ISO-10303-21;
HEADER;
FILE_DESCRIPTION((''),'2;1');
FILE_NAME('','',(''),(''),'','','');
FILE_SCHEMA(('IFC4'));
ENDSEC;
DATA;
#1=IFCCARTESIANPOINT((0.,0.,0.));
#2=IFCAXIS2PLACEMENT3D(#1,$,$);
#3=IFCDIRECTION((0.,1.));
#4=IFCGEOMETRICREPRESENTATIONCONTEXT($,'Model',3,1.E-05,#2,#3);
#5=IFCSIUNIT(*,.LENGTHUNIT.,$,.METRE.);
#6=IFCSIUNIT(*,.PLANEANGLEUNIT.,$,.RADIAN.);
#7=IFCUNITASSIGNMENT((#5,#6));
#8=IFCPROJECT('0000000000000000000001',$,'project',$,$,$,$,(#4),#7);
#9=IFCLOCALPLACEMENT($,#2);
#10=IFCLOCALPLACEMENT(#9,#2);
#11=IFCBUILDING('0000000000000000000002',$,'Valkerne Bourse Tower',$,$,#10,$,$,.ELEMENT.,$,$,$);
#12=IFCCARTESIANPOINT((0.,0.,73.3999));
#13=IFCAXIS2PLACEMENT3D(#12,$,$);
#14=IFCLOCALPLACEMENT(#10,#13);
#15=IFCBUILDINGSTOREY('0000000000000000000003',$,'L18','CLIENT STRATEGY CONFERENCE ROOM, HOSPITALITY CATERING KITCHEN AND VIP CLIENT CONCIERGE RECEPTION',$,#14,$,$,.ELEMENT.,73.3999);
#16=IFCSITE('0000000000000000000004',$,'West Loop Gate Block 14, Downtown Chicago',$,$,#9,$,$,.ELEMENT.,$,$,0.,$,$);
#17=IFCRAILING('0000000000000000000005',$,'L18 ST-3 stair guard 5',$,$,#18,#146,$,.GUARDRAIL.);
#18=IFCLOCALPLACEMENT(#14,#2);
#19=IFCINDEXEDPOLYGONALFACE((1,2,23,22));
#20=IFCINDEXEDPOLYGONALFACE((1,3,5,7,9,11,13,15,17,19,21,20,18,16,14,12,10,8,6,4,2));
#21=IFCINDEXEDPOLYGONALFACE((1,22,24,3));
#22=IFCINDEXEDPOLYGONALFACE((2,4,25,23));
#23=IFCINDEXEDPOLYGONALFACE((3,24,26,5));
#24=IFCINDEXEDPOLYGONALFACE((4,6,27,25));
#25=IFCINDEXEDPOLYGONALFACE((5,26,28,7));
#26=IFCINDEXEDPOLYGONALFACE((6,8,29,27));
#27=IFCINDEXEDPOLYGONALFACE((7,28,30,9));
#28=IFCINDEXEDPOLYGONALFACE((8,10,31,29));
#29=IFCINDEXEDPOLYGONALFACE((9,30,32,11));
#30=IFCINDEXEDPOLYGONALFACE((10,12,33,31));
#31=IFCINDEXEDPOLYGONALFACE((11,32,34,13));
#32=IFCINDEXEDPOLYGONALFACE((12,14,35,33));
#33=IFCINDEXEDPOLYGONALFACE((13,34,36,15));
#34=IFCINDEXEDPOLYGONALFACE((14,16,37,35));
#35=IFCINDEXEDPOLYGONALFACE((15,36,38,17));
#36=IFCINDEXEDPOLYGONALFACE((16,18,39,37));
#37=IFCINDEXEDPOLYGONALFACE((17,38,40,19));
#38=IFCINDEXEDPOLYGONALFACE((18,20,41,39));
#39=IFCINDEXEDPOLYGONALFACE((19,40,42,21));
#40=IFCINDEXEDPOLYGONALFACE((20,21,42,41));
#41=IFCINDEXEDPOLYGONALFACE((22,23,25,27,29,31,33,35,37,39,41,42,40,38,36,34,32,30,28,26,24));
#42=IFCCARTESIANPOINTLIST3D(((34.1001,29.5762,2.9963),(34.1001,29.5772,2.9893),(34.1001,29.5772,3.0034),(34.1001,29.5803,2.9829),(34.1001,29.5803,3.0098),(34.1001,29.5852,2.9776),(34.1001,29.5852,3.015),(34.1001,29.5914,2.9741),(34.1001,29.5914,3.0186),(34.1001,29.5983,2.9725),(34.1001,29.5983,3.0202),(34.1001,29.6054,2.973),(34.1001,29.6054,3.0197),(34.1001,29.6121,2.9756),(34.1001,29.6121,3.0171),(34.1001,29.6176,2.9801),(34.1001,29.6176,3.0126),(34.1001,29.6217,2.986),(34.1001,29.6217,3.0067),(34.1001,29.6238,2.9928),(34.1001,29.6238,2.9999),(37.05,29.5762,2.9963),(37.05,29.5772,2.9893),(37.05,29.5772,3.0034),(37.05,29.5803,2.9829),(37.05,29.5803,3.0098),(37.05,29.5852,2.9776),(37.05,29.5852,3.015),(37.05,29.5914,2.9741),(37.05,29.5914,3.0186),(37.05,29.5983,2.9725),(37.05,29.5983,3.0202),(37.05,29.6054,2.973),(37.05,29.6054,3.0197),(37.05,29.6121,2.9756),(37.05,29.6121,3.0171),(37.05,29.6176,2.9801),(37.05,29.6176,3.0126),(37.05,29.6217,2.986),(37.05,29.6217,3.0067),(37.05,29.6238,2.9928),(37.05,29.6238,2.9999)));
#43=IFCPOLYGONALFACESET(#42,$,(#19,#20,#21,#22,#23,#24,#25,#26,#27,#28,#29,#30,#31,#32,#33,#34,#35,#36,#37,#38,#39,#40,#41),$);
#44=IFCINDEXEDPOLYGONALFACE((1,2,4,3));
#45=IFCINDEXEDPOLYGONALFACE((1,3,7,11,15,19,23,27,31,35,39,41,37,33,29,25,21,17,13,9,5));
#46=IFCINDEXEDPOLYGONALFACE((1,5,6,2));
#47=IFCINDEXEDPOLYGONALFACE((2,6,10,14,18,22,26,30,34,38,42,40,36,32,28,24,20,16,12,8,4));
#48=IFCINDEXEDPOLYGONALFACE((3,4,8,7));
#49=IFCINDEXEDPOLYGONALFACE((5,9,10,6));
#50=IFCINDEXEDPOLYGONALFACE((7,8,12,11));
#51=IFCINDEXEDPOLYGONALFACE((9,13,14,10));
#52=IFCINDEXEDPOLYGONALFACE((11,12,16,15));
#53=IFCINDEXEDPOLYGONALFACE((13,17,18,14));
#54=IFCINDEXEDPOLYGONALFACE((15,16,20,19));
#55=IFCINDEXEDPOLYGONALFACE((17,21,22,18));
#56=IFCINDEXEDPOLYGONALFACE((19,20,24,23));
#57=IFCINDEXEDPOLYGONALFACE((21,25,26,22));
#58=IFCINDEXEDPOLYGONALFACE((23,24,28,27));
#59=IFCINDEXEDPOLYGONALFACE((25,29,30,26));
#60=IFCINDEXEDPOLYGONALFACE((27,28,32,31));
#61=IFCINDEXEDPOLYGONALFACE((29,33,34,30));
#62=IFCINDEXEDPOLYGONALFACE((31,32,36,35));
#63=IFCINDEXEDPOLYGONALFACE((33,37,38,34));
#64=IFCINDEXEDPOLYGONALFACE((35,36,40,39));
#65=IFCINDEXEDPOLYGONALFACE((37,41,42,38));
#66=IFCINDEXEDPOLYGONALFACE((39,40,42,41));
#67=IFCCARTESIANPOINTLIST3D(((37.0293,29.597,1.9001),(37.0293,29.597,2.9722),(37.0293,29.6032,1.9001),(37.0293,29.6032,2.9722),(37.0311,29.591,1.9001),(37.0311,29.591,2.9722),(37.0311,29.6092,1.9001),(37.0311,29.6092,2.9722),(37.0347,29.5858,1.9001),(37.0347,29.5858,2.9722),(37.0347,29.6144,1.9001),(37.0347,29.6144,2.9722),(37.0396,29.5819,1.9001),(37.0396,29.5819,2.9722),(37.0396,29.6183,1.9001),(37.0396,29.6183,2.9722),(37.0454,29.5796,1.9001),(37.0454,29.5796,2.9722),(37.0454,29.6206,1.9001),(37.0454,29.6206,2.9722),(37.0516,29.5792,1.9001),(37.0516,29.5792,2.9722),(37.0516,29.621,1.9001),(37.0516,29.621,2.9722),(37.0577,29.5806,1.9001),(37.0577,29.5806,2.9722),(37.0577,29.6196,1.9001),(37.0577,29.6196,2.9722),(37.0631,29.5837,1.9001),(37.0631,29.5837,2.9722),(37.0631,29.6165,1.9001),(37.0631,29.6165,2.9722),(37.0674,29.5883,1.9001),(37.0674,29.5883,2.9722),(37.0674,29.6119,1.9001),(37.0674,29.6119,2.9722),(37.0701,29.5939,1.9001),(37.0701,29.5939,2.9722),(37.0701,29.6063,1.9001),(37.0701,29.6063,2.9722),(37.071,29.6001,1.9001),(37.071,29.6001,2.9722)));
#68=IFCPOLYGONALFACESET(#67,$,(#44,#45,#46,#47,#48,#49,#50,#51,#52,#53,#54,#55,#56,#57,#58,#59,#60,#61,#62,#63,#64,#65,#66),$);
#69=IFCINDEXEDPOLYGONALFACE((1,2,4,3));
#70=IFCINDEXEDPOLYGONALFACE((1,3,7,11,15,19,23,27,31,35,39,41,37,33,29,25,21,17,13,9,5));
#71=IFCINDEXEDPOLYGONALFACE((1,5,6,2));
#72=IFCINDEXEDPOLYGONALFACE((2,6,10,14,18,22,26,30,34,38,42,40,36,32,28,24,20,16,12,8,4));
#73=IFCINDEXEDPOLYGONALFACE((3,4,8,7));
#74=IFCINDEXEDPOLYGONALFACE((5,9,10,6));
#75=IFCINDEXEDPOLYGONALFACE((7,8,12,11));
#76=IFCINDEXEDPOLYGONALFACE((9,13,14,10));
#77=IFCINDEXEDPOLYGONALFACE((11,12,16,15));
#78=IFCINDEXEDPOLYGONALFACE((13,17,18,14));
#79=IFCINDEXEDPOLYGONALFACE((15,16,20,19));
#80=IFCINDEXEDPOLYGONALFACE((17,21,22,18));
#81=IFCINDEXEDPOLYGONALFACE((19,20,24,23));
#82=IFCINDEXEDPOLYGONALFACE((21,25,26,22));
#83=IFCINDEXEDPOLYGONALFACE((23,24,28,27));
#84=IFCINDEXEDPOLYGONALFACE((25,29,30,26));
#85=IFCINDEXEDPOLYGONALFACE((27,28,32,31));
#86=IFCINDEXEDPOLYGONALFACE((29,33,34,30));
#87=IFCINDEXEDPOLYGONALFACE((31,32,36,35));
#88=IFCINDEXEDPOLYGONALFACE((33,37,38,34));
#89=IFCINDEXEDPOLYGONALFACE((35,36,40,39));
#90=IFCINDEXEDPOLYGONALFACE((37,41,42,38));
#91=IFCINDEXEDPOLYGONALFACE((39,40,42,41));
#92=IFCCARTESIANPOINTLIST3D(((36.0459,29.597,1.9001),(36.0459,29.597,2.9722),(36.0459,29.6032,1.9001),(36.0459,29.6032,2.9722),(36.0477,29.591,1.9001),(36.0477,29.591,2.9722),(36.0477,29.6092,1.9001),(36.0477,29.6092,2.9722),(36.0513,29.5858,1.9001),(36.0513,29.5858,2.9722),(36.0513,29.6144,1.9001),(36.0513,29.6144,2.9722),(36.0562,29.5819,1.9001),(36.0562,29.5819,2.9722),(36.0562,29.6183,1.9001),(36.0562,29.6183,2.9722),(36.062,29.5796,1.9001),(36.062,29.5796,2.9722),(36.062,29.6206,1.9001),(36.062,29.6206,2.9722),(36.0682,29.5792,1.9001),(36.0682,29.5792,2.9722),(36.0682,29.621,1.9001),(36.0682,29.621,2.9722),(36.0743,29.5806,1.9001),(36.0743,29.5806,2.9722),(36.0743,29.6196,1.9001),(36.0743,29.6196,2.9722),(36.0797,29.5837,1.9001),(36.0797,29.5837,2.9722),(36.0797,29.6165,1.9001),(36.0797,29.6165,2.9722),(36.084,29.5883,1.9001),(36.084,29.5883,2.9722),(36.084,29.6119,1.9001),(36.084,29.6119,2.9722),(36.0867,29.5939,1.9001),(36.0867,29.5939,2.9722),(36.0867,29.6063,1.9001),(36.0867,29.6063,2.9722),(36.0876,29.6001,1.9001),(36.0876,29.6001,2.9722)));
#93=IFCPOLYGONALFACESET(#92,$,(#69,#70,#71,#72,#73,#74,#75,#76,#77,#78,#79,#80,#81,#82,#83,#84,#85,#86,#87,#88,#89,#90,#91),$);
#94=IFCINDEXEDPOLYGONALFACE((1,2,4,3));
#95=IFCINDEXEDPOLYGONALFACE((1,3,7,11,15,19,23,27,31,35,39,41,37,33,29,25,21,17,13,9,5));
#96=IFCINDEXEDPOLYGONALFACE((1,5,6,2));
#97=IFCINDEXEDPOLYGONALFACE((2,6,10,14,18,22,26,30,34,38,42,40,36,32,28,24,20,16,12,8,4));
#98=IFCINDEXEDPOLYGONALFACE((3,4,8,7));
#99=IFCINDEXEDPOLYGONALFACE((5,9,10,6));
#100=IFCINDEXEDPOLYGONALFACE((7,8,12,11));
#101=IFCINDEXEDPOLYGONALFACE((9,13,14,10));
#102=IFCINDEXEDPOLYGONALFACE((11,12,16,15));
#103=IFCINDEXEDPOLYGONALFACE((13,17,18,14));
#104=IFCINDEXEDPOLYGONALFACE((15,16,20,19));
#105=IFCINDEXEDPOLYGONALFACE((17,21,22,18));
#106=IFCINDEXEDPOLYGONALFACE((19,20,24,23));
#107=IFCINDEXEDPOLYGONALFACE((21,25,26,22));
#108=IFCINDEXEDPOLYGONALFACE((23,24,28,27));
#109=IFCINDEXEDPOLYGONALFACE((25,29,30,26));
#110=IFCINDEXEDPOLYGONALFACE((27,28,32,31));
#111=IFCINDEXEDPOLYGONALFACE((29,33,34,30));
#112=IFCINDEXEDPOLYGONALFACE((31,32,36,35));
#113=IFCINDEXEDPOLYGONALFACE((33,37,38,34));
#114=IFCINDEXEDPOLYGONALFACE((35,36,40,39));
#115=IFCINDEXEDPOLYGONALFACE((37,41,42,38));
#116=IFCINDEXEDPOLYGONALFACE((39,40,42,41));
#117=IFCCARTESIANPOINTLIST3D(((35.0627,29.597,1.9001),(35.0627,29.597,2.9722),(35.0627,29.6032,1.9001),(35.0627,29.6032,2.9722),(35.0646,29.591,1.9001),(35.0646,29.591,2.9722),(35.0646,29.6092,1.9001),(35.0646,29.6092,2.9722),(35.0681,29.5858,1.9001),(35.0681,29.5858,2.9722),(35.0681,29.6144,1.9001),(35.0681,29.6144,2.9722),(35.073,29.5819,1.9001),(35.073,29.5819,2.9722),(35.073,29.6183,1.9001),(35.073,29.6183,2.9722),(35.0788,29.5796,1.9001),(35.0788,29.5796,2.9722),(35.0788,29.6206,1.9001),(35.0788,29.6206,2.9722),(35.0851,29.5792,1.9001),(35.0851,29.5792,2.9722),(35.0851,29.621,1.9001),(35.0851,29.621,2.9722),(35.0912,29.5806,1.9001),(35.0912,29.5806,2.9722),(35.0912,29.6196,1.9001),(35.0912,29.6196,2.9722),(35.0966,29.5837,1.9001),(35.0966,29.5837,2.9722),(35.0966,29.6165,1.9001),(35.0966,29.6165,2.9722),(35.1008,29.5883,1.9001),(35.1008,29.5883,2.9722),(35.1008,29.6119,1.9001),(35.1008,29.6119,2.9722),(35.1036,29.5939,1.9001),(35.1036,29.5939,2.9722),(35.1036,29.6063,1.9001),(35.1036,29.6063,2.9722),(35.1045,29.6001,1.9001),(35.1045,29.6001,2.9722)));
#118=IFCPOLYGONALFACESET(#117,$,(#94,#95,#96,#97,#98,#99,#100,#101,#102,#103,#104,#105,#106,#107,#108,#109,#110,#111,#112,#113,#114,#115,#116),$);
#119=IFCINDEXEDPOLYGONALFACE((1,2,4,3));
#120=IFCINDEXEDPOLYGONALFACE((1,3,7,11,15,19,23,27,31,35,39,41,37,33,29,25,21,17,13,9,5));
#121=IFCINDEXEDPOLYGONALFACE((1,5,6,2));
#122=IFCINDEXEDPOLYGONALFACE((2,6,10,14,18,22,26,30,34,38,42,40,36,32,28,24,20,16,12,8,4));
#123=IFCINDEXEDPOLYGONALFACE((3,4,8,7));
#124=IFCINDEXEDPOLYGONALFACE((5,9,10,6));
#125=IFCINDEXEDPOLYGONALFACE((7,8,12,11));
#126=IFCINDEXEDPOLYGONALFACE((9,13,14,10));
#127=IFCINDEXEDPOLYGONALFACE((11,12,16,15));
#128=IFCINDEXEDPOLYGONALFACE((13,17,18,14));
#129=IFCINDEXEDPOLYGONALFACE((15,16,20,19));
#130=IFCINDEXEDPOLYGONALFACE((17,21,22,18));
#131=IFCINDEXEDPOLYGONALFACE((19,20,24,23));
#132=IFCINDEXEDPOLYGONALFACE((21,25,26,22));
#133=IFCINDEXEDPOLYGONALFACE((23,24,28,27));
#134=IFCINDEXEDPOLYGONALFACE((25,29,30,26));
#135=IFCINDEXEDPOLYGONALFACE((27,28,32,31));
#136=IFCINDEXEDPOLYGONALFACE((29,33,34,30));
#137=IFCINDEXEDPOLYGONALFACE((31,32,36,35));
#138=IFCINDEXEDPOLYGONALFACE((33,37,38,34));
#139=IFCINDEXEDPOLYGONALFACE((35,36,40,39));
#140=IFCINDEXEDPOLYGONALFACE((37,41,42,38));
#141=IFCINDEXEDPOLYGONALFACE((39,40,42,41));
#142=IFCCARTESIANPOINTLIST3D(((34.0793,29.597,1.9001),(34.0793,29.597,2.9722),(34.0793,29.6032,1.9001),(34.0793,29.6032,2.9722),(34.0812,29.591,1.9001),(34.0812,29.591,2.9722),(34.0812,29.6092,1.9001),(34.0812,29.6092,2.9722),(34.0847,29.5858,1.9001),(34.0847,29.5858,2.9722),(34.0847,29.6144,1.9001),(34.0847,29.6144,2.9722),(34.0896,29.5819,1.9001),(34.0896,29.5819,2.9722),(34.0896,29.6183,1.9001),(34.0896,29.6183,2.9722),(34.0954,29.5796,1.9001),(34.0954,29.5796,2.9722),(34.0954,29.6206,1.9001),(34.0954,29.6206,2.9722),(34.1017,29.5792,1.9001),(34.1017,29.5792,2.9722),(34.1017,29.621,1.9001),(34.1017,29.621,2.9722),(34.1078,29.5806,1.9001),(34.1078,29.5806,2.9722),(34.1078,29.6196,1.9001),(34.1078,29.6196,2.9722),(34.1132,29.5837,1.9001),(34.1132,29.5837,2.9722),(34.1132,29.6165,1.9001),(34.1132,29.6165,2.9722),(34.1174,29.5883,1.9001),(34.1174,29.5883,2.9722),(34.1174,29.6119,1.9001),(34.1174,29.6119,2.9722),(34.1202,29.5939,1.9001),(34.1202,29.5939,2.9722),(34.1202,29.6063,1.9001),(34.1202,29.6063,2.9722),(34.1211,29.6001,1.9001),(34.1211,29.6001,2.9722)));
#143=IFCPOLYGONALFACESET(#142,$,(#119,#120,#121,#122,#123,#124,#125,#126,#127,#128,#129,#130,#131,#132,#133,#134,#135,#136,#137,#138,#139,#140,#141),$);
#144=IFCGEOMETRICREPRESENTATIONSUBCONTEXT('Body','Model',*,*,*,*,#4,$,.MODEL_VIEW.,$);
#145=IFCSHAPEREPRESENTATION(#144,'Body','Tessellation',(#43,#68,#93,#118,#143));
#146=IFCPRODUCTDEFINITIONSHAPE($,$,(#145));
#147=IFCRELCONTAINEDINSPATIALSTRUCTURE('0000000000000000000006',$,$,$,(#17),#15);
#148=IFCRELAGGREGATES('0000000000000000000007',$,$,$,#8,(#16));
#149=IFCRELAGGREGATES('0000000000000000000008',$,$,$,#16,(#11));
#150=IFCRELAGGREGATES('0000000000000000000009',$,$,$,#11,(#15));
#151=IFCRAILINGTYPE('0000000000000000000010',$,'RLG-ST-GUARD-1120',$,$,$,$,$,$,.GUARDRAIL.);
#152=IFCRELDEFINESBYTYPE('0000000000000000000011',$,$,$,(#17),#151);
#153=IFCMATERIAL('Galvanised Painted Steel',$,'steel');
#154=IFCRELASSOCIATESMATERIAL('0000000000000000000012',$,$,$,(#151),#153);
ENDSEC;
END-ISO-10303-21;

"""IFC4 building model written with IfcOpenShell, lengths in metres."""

from ifc_helpers import new_model, si_unit, direction, frame, origin, origin_2d, place, context, subcontext, project, spatial, circle, extrude, material, type_object, element, save


model = new_model("IFC4")

# Units and contexts
model_context = context("Model", 3, precision=1e-05, world=origin(), true_north=direction((0.0, 1.0)))
body_context = subcontext(model_context, "Body", "Model", "MODEL_VIEW")
ifc_project = project(units=[si_unit("LENGTHUNIT", "METRE"), si_unit("PLANEANGLEUNIT", "RADIAN")], contexts=[model_context])

# Site, building, storey
site_placement = place(None, origin())
site = spatial("IfcSite", under=ifc_project, at=site_placement, Name="West Loop Gate Block 14, Downtown Chicago", CompositionType="ELEMENT", RefElevation=0.0)
building_placement = place(site_placement, origin())
building = spatial("IfcBuilding", under=site, at=building_placement, Name="Valkerne Bourse Tower", CompositionType="ELEMENT")
storey_placement = place(building_placement, frame((0.0, 0.0, 73.3999)))
storey = spatial("IfcBuildingStorey", under=building, at=storey_placement, Name="L18", Description="CLIENT STRATEGY CONFERENCE ROOM, HOSPITALITY CATERING KITCHEN AND VIP CLIENT CONCIERGE RECEPTION", CompositionType="ELEMENT", Elevation=73.3999)

# Shared definitions
ifc_material_1 = material(Name="Galvanised Painted Steel", Category="steel")

# Railing
railing_type_1 = type_object("IfcRailingType", Name="RLG-ST-GUARD-1120", PredefinedType="GUARDRAIL", material=ifc_material_1)
railing_1_placement = place(storey_placement, frame((37.05, 29.6001, 1.9001)))
element("IfcRailing", 1, at=railing_1_placement, inside=storey, type_object=railing_type_1, Name="L18 ST-3 stair guard 5", PredefinedType="GUARDRAIL", context=body_context, shape_type="SweptSolid", body=[
    extrude(circle(Radius=0.0239, at=origin_2d()), frame((0.0, 0.0, 1.0962), z_axis=(-1.0, 0.0, 0.0), x_axis=(0.0, -1.0, 0.0)), (0.0, 0.0, 1.0), 2.95),
    extrude(circle(Radius=0.021, at=origin_2d()), origin(), (0.0, 0.0, 1.0), 1.072),
    extrude(circle(Radius=0.021, at=origin_2d()), frame((-0.9834, 0.0, 0.0)), (0.0, 0.0, 1.0), 1.072),
    extrude(circle(Radius=0.021, at=origin_2d()), frame((-1.9666, 0.0, 0.0)), (0.0, 0.0, 1.0), 1.072),
    extrude(circle(Radius=0.021, at=origin_2d()), frame((-2.95, 0.0, 0.0)), (0.0, 0.0, 1.0), 1.072),
])

save(model, "model.ifc")
